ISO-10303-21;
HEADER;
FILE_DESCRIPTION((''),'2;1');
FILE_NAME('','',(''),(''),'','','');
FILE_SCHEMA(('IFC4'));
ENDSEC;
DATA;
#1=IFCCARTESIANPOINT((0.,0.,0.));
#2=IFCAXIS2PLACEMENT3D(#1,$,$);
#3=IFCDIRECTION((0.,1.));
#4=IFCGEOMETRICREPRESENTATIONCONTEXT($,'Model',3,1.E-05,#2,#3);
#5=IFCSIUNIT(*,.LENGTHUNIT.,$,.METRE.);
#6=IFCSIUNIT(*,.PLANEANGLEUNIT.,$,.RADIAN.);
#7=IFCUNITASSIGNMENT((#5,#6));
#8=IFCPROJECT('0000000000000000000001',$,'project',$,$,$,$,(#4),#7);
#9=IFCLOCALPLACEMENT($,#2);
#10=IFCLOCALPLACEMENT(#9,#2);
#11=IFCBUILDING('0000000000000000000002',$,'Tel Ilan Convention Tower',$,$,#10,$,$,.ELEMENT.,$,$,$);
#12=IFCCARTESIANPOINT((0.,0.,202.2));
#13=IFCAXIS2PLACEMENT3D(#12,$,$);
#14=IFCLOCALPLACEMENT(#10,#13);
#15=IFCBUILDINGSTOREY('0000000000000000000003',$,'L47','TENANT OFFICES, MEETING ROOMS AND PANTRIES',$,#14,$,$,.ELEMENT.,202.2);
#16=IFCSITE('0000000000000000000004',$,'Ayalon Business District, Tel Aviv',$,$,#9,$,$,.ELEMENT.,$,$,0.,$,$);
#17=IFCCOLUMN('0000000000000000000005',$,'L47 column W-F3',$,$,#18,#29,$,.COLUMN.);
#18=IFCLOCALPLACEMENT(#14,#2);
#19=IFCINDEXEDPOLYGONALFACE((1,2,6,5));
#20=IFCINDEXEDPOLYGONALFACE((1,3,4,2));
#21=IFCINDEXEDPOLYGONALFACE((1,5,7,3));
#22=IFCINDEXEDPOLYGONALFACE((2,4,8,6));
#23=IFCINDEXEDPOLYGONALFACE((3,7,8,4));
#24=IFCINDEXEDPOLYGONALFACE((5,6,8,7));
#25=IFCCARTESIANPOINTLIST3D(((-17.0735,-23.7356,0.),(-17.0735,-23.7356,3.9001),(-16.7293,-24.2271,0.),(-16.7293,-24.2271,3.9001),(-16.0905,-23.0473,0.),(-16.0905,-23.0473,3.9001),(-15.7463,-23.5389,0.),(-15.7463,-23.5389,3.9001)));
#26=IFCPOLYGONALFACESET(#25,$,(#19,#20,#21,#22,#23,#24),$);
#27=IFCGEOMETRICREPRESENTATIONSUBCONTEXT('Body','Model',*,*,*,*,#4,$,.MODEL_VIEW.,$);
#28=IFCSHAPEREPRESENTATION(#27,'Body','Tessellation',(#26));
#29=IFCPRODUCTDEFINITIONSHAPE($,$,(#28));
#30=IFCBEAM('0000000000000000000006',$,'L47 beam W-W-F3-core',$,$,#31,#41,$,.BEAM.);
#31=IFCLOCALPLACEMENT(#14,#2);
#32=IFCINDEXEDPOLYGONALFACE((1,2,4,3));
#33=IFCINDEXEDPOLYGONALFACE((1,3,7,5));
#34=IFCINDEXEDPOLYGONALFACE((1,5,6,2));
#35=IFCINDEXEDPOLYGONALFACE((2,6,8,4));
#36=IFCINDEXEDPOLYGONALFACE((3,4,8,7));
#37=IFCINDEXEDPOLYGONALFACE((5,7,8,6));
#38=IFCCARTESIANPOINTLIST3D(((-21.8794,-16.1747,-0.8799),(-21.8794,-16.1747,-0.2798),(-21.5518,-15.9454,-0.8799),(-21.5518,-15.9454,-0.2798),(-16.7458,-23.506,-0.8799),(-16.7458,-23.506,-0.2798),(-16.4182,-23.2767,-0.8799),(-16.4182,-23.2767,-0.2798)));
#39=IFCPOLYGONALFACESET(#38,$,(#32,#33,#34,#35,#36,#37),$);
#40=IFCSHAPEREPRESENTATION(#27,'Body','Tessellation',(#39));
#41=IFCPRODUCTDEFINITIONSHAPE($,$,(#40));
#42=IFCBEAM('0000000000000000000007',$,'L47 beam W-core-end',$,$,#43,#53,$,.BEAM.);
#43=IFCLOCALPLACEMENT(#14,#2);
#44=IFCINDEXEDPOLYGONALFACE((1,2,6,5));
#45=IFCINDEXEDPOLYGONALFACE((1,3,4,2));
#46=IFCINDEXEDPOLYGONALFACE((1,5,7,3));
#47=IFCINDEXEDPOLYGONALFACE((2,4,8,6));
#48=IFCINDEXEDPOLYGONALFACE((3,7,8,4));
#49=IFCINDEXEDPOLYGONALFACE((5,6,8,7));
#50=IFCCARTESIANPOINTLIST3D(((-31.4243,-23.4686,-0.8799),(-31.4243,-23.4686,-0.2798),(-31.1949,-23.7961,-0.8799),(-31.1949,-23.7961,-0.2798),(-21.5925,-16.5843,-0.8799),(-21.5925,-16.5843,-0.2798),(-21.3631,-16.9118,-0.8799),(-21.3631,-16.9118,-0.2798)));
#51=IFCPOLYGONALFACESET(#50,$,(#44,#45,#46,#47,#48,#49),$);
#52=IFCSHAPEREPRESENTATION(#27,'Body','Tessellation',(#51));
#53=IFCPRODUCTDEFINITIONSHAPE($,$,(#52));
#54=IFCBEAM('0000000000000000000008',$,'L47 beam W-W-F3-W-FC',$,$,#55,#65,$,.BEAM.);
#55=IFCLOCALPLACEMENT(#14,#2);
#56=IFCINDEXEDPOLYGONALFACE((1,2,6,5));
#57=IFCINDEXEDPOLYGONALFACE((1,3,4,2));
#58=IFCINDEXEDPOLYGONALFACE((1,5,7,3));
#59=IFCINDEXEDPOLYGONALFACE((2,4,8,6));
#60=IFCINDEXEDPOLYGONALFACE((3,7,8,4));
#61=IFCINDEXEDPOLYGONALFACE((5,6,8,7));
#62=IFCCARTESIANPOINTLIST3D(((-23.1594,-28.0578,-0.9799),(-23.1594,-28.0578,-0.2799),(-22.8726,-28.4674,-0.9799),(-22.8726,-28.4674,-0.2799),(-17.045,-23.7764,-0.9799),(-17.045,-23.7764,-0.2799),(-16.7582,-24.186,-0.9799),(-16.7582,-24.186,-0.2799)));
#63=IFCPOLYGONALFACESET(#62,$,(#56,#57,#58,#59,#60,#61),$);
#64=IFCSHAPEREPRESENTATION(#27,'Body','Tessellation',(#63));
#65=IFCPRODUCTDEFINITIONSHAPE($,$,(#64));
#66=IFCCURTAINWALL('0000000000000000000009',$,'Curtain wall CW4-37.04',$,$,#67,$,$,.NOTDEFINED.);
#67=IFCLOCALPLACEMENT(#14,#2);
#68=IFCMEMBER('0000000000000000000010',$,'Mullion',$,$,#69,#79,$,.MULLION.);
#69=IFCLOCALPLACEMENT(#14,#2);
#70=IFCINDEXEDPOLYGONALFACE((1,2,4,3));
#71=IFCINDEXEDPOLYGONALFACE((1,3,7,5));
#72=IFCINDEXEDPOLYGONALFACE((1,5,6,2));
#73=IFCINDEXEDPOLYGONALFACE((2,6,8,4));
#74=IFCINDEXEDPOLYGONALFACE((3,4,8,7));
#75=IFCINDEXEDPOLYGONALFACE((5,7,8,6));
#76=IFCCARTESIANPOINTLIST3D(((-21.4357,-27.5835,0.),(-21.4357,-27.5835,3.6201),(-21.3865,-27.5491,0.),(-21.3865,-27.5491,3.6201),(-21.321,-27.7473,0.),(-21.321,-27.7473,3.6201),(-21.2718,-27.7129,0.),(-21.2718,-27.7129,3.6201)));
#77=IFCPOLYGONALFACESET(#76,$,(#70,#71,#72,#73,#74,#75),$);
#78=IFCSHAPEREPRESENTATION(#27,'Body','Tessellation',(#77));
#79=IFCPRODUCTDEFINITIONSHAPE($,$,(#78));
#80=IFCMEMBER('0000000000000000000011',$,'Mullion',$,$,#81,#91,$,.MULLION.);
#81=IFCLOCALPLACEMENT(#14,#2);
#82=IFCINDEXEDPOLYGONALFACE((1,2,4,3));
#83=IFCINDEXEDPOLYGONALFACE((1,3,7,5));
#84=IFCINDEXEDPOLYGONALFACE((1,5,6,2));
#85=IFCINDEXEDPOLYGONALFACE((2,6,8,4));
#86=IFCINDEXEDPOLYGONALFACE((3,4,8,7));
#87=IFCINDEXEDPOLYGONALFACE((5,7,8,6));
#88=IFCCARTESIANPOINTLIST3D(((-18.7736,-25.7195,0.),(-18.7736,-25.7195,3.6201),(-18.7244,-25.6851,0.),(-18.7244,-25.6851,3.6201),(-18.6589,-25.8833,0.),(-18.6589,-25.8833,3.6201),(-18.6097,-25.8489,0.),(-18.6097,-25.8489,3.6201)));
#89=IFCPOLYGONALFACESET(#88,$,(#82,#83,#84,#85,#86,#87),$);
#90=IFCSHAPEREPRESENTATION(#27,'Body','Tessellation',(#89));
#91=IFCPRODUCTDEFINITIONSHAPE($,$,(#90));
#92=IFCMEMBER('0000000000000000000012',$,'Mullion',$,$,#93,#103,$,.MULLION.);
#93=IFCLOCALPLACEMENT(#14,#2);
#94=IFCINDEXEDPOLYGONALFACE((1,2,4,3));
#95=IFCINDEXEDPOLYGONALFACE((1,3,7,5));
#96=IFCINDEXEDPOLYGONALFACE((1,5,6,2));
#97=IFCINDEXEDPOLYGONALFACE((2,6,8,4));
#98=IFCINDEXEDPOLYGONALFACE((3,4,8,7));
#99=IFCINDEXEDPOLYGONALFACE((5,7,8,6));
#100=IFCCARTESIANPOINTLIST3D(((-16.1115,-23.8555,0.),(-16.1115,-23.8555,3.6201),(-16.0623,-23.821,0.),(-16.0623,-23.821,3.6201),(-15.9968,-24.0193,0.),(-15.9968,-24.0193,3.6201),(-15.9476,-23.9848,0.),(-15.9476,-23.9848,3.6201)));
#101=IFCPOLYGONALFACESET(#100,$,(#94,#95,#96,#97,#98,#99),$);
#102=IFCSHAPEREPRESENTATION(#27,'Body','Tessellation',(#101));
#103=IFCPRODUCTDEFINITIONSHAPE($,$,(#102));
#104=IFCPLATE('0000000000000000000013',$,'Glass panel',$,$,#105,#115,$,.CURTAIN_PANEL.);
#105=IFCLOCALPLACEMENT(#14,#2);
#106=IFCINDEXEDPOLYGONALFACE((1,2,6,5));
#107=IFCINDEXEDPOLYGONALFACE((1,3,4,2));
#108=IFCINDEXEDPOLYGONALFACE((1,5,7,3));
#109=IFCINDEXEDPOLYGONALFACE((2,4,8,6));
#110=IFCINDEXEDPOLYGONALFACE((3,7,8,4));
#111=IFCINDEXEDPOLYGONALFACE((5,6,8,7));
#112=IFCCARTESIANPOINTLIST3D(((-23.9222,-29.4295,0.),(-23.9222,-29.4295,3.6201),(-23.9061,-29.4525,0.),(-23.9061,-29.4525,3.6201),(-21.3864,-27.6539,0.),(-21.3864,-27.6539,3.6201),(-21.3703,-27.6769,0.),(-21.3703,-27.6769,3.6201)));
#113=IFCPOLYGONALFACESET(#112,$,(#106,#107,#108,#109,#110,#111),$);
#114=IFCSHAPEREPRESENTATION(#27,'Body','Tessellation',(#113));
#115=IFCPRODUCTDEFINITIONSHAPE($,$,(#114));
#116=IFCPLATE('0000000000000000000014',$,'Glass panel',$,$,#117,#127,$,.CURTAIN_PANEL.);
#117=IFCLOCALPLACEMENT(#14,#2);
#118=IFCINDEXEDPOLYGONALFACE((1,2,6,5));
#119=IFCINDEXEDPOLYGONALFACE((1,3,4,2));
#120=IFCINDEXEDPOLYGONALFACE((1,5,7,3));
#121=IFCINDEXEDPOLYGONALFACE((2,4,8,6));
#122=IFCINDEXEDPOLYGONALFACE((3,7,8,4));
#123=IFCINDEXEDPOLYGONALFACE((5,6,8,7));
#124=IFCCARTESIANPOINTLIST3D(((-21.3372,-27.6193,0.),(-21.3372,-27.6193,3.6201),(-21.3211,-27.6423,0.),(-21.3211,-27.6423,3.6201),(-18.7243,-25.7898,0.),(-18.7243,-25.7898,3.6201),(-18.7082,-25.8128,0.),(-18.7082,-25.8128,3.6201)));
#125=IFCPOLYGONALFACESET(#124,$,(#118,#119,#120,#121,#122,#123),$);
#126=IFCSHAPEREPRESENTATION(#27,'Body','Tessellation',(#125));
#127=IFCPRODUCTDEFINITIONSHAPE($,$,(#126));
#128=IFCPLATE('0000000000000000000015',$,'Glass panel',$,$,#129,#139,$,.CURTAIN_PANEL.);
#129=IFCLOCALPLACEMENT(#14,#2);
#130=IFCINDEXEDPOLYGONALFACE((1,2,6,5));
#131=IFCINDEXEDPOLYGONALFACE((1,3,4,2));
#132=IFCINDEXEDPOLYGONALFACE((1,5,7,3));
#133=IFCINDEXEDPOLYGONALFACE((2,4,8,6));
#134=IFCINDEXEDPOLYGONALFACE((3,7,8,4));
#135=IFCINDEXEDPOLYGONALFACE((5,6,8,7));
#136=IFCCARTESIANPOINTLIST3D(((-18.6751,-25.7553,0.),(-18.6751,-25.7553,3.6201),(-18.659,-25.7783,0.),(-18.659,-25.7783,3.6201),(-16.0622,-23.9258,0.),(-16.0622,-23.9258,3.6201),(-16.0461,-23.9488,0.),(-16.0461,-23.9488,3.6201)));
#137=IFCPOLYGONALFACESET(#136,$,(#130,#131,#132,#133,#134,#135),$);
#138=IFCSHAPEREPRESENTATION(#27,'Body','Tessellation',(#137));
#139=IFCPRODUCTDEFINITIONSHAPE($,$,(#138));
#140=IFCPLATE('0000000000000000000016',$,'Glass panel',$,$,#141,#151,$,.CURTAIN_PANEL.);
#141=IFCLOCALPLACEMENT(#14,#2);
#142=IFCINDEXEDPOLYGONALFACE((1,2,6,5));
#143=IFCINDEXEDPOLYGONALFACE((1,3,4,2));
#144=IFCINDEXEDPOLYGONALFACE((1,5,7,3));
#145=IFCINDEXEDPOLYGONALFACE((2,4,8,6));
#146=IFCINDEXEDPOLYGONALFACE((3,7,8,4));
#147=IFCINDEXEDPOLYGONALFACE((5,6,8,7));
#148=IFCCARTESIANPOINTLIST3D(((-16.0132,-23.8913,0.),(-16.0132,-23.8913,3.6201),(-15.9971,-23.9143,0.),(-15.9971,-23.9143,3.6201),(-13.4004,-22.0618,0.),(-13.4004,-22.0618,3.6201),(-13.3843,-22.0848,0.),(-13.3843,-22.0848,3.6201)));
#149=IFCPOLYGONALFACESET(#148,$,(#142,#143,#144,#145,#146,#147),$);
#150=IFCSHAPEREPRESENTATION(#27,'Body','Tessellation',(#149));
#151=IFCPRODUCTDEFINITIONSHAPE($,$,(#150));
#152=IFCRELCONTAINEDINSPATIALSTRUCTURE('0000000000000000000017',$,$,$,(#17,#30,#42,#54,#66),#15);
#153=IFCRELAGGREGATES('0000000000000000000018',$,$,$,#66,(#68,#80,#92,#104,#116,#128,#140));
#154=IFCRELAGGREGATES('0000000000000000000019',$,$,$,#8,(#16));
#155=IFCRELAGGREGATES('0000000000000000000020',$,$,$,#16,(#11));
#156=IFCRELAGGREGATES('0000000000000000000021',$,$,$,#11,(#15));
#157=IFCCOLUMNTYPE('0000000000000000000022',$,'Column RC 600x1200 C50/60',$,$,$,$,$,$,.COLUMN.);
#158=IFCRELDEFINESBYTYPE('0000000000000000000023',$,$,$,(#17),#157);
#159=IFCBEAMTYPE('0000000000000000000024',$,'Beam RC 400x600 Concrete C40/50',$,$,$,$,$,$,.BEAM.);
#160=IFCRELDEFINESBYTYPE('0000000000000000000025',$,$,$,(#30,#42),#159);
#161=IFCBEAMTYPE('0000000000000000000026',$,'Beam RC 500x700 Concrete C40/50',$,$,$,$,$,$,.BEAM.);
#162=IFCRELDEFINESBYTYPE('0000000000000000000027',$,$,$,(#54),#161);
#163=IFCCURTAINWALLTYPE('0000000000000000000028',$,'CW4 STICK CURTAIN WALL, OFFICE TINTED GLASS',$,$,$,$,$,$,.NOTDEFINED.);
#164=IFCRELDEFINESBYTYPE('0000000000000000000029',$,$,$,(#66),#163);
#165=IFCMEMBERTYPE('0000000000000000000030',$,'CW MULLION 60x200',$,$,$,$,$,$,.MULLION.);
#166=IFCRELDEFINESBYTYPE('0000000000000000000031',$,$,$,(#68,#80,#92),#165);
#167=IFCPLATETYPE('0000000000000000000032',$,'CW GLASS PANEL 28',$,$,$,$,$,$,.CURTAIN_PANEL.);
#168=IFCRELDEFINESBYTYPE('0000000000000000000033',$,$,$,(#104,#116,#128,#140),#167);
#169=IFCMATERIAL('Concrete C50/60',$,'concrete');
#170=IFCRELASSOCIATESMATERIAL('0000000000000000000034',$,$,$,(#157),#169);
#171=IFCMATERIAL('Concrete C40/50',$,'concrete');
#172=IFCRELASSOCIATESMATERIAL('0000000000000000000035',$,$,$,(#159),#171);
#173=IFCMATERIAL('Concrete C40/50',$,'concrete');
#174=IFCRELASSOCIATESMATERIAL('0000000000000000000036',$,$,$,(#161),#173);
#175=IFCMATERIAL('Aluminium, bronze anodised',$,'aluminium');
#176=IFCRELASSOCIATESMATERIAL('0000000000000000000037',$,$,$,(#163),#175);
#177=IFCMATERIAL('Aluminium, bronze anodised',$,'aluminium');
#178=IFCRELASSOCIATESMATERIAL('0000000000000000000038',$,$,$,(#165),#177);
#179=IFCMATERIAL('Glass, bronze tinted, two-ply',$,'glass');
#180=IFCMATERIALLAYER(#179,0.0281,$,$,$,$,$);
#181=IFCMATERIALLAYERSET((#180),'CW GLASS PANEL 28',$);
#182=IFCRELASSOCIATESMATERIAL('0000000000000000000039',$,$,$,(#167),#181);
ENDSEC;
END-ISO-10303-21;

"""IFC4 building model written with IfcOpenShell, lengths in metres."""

from ifc_helpers import new_model, si_unit, direction, frame, origin, origin_2d, place, context, subcontext, project, spatial, rectangle, extrude, material, layer, layer_set, material_profile, profile_set, type_object, element, aggregate, save


model = new_model("IFC4")

# Units and contexts
model_context = context("Model", 3, precision=1e-05, world=origin(), true_north=direction((0.0, 1.0)))
body_context = subcontext(model_context, "Body", "Model", "MODEL_VIEW")
ifc_project = project(units=[si_unit("LENGTHUNIT", "METRE"), si_unit("PLANEANGLEUNIT", "RADIAN")], contexts=[model_context])

# Site, building, storey
site_placement = place(None, origin())
site = spatial("IfcSite", under=ifc_project, at=site_placement, Name="Ayalon Business District, Tel Aviv", CompositionType="ELEMENT", RefElevation=0.0)
building_placement = place(site_placement, origin())
building = spatial("IfcBuilding", under=site, at=building_placement, Name="Tel Ilan Convention Tower", CompositionType="ELEMENT")
storey_placement = place(building_placement, frame((0.0, 0.0, 202.2)))
storey = spatial("IfcBuildingStorey", under=building, at=storey_placement, Name="L47", Description="TENANT OFFICES, MEETING ROOMS AND PANTRIES", CompositionType="ELEMENT", Elevation=202.2)

# Column
ifc_material_1 = material(Name="Concrete C50/60", Category="concrete")
ifc_material_profile_1 = material_profile(ifc_material_1, rectangle(XDim=1.2, YDim=0.6001, at=origin_2d()), Name="RC 600x1200")
ifc_profile_set_1 = profile_set([ifc_material_profile_1], Name="Concrete C50/60")
column_type = type_object("IfcColumnType", Name="Column RC 600x1200 C50/60", PredefinedType="COLUMN", material=ifc_profile_set_1)
column_placement = place(storey_placement, frame((-16.4099, -23.6372, 0.0), z_axis=(0.0, 0.0, 1.0), x_axis=(-0.819152, -0.573576, 0.0)))
element("IfcColumn", 1, at=column_placement, inside=storey, type_object=column_type, Name="L47 column W-F3", PredefinedType="COLUMN", context=body_context, shape_type="SweptSolid", body=[
    extrude(rectangle(XDim=1.2, YDim=0.6001, at=origin_2d()), origin(), (0.0, 0.0, 1.0), 3.9001),
])

# Beams
ifc_material_2 = material(Name="Concrete C40/50", Category="concrete")
ifc_material_profile_2 = material_profile(ifc_material_2, rectangle(XDim=0.3999, YDim=0.6001, at=origin_2d()), Name="RC 400x600")
ifc_profile_set_2 = profile_set([ifc_material_profile_2], Name="Concrete C40/50")
beam_type_1 = type_object("IfcBeamType", Name="Beam RC 400x600 Concrete C40/50", PredefinedType="BEAM", material=ifc_profile_set_2)
beam_1_placement = place(storey_placement, frame((-16.582, -23.3914, -0.5798), z_axis=(-0.573585, 0.819146, 0.0), x_axis=(-0.819146, -0.573585, 0.0)))
element("IfcBeam", 2, at=beam_1_placement, inside=storey, type_object=beam_type_1, Name="L47 beam W-W-F3-core", PredefinedType="BEAM", context=body_context, shape_type="SweptSolid", body=[
    extrude(rectangle(XDim=0.3999, YDim=0.6001, at=origin_2d()), origin(), (0.0, 0.0, 1.0), 8.95),
])
beam_2_placement = place(storey_placement, frame((-21.4778, -16.748, -0.5798), z_axis=(-0.819153, -0.573576, 0.0), x_axis=(0.573576, -0.819153, 0.0)))
element("IfcBeam", 3, at=beam_2_placement, inside=storey, type_object=beam_type_1, Name="L47 beam W-core-end", PredefinedType="BEAM", context=body_context, shape_type="SweptSolid", body=[
    extrude(rectangle(XDim=0.3999, YDim=0.6001, at=origin_2d()), origin(), (0.0, 0.0, 1.0), 12.0024),
])
ifc_material_3 = material(Name="Concrete C40/50", Category="concrete")
ifc_material_profile_3 = material_profile(ifc_material_3, rectangle(XDim=0.5, YDim=0.7, at=origin_2d()), Name="RC 500x700")
ifc_profile_set_3 = profile_set([ifc_material_profile_3], Name="Concrete C40/50")
beam_type_2 = type_object("IfcBeamType", Name="Beam RC 500x700 Concrete C40/50", PredefinedType="BEAM", material=ifc_profile_set_3)
beam_3_placement = place(storey_placement, frame((-16.9016, -23.9812, -0.6299), z_axis=(-0.819147, -0.573583, 0.0), x_axis=(0.573583, -0.819147, 0.0)))
element("IfcBeam", 4, at=beam_3_placement, inside=storey, type_object=beam_type_2, Name="L47 beam W-W-F3-W-FC", PredefinedType="BEAM", context=body_context, shape_type="SweptSolid", body=[
    extrude(rectangle(XDim=0.5, YDim=0.7, at=origin_2d()), origin(), (0.0, 0.0, 1.0), 7.4644),
])

# Curtain wall, members, plates
ifc_material_4 = material(Name="Aluminium, bronze anodised", Category="aluminium")
curtain_wall_type = type_object("IfcCurtainWallType", Name="CW4 STICK CURTAIN WALL, OFFICE TINTED GLASS", PredefinedType="NOTDEFINED", material=ifc_material_4)
curtain_wall_placement = place(storey_placement, origin())
curtain_wall = element("IfcCurtainWall", 5, at=curtain_wall_placement, inside=storey, type_object=curtain_wall_type, Name="Curtain wall CW4-37.04", PredefinedType="NOTDEFINED")
ifc_material_5 = material(Name="Aluminium, bronze anodised", Category="aluminium")
ifc_material_profile_4 = material_profile(ifc_material_5, rectangle(XDim=0.0601, YDim=0.2, at=origin_2d()), Name="CW MULLION 60x200")
ifc_profile_set_4 = profile_set([ifc_material_profile_4], Name="Aluminium, bronze anodised")
member_type = type_object("IfcMemberType", Name="CW MULLION 60x200", PredefinedType="MULLION", material=ifc_profile_set_4)
member_1_placement = place(storey_placement, frame((-21.3538, -27.6482, 0.0), z_axis=(0.0, 0.0, 1.0), x_axis=(0.819152, 0.573576, 0.0)))
member_1 = element("IfcMember", 6, at=member_1_placement, type_object=member_type, Name="Mullion", PredefinedType="MULLION", context=body_context, shape_type="SweptSolid", body=[
    extrude(rectangle(XDim=0.0601, YDim=0.2, at=origin_2d()), origin(), (0.0, 0.0, 1.0), 3.6201),
])
member_2_placement = place(storey_placement, frame((-18.6917, -25.7842, 0.0), z_axis=(0.0, 0.0, 1.0), x_axis=(0.819152, 0.573576, 0.0)))
member_2 = element("IfcMember", 7, at=member_2_placement, type_object=member_type, Name="Mullion", PredefinedType="MULLION", context=body_context, shape_type="SweptSolid", body=[
    extrude(rectangle(XDim=0.0601, YDim=0.2, at=origin_2d()), origin(), (0.0, 0.0, 1.0), 3.6201),
])
member_3_placement = place(storey_placement, frame((-16.0295, -23.9202, 0.0), z_axis=(0.0, 0.0, 1.0), x_axis=(0.819152, 0.573576, 0.0)))
member_3 = element("IfcMember", 8, at=member_3_placement, type_object=member_type, Name="Mullion", PredefinedType="MULLION", context=body_context, shape_type="SweptSolid", body=[
    extrude(rectangle(XDim=0.0601, YDim=0.2, at=origin_2d()), origin(), (0.0, 0.0, 1.0), 3.6201),
])
ifc_material_6 = material(Name="Glass, bronze tinted, two-ply", Category="glass")
ifc_layer_1 = layer(ifc_material_6, 0.0281)
ifc_layer_set_1 = layer_set([ifc_layer_1], Name="CW GLASS PANEL 28")
plate_type = type_object("IfcPlateType", Name="CW GLASS PANEL 28", PredefinedType="CURTAIN_PANEL", material=ifc_layer_set_1)
plate_1_placement = place(storey_placement, frame((-22.6462, -28.5532, 0.0), z_axis=(0.0, 0.0, 1.0), x_axis=(0.819152, 0.573576, 0.0)))
plate_1 = element("IfcPlate", 9, at=plate_1_placement, type_object=plate_type, Name="Glass panel", PredefinedType="CURTAIN_PANEL", context=body_context, shape_type="SweptSolid", body=[
    extrude(rectangle(XDim=3.0957, YDim=0.0281, at=origin_2d()), origin(), (0.0, 0.0, 1.0), 3.6201),
])
plate_2_placement = place(storey_placement, frame((-20.0227, -26.7161, 0.0), z_axis=(0.0, 0.0, 1.0), x_axis=(0.819152, 0.573576, 0.0)))
plate_2 = element("IfcPlate", 10, at=plate_2_placement, type_object=plate_type, Name="Glass panel", PredefinedType="CURTAIN_PANEL", context=body_context, shape_type="SweptSolid", body=[
    extrude(rectangle(XDim=3.1897, YDim=0.0281, at=origin_2d()), origin(), (0.0, 0.0, 1.0), 3.6201),
])
plate_3_placement = place(storey_placement, frame((-17.3606, -24.8521, 0.0), z_axis=(0.0, 0.0, 1.0), x_axis=(0.819152, 0.573576, 0.0)))
plate_3 = element("IfcPlate", 11, at=plate_3_placement, type_object=plate_type, Name="Glass panel", PredefinedType="CURTAIN_PANEL", context=body_context, shape_type="SweptSolid", body=[
    extrude(rectangle(XDim=3.1897, YDim=0.0281, at=origin_2d()), origin(), (0.0, 0.0, 1.0), 3.6201),
])
plate_4_placement = place(storey_placement, frame((-14.6987, -22.988, 0.0), z_axis=(0.0, 0.0, 1.0), x_axis=(0.819152, 0.573576, 0.0)))
plate_4 = element("IfcPlate", 12, at=plate_4_placement, type_object=plate_type, Name="Glass panel", PredefinedType="CURTAIN_PANEL", context=body_context, shape_type="SweptSolid", body=[
    extrude(rectangle(XDim=3.1897, YDim=0.0281, at=origin_2d()), origin(), (0.0, 0.0, 1.0), 3.6201),
])
aggregate(curtain_wall, [member_1, member_2, member_3, plate_1, plate_2, plate_3, plate_4])

save(model, "model.ifc")
